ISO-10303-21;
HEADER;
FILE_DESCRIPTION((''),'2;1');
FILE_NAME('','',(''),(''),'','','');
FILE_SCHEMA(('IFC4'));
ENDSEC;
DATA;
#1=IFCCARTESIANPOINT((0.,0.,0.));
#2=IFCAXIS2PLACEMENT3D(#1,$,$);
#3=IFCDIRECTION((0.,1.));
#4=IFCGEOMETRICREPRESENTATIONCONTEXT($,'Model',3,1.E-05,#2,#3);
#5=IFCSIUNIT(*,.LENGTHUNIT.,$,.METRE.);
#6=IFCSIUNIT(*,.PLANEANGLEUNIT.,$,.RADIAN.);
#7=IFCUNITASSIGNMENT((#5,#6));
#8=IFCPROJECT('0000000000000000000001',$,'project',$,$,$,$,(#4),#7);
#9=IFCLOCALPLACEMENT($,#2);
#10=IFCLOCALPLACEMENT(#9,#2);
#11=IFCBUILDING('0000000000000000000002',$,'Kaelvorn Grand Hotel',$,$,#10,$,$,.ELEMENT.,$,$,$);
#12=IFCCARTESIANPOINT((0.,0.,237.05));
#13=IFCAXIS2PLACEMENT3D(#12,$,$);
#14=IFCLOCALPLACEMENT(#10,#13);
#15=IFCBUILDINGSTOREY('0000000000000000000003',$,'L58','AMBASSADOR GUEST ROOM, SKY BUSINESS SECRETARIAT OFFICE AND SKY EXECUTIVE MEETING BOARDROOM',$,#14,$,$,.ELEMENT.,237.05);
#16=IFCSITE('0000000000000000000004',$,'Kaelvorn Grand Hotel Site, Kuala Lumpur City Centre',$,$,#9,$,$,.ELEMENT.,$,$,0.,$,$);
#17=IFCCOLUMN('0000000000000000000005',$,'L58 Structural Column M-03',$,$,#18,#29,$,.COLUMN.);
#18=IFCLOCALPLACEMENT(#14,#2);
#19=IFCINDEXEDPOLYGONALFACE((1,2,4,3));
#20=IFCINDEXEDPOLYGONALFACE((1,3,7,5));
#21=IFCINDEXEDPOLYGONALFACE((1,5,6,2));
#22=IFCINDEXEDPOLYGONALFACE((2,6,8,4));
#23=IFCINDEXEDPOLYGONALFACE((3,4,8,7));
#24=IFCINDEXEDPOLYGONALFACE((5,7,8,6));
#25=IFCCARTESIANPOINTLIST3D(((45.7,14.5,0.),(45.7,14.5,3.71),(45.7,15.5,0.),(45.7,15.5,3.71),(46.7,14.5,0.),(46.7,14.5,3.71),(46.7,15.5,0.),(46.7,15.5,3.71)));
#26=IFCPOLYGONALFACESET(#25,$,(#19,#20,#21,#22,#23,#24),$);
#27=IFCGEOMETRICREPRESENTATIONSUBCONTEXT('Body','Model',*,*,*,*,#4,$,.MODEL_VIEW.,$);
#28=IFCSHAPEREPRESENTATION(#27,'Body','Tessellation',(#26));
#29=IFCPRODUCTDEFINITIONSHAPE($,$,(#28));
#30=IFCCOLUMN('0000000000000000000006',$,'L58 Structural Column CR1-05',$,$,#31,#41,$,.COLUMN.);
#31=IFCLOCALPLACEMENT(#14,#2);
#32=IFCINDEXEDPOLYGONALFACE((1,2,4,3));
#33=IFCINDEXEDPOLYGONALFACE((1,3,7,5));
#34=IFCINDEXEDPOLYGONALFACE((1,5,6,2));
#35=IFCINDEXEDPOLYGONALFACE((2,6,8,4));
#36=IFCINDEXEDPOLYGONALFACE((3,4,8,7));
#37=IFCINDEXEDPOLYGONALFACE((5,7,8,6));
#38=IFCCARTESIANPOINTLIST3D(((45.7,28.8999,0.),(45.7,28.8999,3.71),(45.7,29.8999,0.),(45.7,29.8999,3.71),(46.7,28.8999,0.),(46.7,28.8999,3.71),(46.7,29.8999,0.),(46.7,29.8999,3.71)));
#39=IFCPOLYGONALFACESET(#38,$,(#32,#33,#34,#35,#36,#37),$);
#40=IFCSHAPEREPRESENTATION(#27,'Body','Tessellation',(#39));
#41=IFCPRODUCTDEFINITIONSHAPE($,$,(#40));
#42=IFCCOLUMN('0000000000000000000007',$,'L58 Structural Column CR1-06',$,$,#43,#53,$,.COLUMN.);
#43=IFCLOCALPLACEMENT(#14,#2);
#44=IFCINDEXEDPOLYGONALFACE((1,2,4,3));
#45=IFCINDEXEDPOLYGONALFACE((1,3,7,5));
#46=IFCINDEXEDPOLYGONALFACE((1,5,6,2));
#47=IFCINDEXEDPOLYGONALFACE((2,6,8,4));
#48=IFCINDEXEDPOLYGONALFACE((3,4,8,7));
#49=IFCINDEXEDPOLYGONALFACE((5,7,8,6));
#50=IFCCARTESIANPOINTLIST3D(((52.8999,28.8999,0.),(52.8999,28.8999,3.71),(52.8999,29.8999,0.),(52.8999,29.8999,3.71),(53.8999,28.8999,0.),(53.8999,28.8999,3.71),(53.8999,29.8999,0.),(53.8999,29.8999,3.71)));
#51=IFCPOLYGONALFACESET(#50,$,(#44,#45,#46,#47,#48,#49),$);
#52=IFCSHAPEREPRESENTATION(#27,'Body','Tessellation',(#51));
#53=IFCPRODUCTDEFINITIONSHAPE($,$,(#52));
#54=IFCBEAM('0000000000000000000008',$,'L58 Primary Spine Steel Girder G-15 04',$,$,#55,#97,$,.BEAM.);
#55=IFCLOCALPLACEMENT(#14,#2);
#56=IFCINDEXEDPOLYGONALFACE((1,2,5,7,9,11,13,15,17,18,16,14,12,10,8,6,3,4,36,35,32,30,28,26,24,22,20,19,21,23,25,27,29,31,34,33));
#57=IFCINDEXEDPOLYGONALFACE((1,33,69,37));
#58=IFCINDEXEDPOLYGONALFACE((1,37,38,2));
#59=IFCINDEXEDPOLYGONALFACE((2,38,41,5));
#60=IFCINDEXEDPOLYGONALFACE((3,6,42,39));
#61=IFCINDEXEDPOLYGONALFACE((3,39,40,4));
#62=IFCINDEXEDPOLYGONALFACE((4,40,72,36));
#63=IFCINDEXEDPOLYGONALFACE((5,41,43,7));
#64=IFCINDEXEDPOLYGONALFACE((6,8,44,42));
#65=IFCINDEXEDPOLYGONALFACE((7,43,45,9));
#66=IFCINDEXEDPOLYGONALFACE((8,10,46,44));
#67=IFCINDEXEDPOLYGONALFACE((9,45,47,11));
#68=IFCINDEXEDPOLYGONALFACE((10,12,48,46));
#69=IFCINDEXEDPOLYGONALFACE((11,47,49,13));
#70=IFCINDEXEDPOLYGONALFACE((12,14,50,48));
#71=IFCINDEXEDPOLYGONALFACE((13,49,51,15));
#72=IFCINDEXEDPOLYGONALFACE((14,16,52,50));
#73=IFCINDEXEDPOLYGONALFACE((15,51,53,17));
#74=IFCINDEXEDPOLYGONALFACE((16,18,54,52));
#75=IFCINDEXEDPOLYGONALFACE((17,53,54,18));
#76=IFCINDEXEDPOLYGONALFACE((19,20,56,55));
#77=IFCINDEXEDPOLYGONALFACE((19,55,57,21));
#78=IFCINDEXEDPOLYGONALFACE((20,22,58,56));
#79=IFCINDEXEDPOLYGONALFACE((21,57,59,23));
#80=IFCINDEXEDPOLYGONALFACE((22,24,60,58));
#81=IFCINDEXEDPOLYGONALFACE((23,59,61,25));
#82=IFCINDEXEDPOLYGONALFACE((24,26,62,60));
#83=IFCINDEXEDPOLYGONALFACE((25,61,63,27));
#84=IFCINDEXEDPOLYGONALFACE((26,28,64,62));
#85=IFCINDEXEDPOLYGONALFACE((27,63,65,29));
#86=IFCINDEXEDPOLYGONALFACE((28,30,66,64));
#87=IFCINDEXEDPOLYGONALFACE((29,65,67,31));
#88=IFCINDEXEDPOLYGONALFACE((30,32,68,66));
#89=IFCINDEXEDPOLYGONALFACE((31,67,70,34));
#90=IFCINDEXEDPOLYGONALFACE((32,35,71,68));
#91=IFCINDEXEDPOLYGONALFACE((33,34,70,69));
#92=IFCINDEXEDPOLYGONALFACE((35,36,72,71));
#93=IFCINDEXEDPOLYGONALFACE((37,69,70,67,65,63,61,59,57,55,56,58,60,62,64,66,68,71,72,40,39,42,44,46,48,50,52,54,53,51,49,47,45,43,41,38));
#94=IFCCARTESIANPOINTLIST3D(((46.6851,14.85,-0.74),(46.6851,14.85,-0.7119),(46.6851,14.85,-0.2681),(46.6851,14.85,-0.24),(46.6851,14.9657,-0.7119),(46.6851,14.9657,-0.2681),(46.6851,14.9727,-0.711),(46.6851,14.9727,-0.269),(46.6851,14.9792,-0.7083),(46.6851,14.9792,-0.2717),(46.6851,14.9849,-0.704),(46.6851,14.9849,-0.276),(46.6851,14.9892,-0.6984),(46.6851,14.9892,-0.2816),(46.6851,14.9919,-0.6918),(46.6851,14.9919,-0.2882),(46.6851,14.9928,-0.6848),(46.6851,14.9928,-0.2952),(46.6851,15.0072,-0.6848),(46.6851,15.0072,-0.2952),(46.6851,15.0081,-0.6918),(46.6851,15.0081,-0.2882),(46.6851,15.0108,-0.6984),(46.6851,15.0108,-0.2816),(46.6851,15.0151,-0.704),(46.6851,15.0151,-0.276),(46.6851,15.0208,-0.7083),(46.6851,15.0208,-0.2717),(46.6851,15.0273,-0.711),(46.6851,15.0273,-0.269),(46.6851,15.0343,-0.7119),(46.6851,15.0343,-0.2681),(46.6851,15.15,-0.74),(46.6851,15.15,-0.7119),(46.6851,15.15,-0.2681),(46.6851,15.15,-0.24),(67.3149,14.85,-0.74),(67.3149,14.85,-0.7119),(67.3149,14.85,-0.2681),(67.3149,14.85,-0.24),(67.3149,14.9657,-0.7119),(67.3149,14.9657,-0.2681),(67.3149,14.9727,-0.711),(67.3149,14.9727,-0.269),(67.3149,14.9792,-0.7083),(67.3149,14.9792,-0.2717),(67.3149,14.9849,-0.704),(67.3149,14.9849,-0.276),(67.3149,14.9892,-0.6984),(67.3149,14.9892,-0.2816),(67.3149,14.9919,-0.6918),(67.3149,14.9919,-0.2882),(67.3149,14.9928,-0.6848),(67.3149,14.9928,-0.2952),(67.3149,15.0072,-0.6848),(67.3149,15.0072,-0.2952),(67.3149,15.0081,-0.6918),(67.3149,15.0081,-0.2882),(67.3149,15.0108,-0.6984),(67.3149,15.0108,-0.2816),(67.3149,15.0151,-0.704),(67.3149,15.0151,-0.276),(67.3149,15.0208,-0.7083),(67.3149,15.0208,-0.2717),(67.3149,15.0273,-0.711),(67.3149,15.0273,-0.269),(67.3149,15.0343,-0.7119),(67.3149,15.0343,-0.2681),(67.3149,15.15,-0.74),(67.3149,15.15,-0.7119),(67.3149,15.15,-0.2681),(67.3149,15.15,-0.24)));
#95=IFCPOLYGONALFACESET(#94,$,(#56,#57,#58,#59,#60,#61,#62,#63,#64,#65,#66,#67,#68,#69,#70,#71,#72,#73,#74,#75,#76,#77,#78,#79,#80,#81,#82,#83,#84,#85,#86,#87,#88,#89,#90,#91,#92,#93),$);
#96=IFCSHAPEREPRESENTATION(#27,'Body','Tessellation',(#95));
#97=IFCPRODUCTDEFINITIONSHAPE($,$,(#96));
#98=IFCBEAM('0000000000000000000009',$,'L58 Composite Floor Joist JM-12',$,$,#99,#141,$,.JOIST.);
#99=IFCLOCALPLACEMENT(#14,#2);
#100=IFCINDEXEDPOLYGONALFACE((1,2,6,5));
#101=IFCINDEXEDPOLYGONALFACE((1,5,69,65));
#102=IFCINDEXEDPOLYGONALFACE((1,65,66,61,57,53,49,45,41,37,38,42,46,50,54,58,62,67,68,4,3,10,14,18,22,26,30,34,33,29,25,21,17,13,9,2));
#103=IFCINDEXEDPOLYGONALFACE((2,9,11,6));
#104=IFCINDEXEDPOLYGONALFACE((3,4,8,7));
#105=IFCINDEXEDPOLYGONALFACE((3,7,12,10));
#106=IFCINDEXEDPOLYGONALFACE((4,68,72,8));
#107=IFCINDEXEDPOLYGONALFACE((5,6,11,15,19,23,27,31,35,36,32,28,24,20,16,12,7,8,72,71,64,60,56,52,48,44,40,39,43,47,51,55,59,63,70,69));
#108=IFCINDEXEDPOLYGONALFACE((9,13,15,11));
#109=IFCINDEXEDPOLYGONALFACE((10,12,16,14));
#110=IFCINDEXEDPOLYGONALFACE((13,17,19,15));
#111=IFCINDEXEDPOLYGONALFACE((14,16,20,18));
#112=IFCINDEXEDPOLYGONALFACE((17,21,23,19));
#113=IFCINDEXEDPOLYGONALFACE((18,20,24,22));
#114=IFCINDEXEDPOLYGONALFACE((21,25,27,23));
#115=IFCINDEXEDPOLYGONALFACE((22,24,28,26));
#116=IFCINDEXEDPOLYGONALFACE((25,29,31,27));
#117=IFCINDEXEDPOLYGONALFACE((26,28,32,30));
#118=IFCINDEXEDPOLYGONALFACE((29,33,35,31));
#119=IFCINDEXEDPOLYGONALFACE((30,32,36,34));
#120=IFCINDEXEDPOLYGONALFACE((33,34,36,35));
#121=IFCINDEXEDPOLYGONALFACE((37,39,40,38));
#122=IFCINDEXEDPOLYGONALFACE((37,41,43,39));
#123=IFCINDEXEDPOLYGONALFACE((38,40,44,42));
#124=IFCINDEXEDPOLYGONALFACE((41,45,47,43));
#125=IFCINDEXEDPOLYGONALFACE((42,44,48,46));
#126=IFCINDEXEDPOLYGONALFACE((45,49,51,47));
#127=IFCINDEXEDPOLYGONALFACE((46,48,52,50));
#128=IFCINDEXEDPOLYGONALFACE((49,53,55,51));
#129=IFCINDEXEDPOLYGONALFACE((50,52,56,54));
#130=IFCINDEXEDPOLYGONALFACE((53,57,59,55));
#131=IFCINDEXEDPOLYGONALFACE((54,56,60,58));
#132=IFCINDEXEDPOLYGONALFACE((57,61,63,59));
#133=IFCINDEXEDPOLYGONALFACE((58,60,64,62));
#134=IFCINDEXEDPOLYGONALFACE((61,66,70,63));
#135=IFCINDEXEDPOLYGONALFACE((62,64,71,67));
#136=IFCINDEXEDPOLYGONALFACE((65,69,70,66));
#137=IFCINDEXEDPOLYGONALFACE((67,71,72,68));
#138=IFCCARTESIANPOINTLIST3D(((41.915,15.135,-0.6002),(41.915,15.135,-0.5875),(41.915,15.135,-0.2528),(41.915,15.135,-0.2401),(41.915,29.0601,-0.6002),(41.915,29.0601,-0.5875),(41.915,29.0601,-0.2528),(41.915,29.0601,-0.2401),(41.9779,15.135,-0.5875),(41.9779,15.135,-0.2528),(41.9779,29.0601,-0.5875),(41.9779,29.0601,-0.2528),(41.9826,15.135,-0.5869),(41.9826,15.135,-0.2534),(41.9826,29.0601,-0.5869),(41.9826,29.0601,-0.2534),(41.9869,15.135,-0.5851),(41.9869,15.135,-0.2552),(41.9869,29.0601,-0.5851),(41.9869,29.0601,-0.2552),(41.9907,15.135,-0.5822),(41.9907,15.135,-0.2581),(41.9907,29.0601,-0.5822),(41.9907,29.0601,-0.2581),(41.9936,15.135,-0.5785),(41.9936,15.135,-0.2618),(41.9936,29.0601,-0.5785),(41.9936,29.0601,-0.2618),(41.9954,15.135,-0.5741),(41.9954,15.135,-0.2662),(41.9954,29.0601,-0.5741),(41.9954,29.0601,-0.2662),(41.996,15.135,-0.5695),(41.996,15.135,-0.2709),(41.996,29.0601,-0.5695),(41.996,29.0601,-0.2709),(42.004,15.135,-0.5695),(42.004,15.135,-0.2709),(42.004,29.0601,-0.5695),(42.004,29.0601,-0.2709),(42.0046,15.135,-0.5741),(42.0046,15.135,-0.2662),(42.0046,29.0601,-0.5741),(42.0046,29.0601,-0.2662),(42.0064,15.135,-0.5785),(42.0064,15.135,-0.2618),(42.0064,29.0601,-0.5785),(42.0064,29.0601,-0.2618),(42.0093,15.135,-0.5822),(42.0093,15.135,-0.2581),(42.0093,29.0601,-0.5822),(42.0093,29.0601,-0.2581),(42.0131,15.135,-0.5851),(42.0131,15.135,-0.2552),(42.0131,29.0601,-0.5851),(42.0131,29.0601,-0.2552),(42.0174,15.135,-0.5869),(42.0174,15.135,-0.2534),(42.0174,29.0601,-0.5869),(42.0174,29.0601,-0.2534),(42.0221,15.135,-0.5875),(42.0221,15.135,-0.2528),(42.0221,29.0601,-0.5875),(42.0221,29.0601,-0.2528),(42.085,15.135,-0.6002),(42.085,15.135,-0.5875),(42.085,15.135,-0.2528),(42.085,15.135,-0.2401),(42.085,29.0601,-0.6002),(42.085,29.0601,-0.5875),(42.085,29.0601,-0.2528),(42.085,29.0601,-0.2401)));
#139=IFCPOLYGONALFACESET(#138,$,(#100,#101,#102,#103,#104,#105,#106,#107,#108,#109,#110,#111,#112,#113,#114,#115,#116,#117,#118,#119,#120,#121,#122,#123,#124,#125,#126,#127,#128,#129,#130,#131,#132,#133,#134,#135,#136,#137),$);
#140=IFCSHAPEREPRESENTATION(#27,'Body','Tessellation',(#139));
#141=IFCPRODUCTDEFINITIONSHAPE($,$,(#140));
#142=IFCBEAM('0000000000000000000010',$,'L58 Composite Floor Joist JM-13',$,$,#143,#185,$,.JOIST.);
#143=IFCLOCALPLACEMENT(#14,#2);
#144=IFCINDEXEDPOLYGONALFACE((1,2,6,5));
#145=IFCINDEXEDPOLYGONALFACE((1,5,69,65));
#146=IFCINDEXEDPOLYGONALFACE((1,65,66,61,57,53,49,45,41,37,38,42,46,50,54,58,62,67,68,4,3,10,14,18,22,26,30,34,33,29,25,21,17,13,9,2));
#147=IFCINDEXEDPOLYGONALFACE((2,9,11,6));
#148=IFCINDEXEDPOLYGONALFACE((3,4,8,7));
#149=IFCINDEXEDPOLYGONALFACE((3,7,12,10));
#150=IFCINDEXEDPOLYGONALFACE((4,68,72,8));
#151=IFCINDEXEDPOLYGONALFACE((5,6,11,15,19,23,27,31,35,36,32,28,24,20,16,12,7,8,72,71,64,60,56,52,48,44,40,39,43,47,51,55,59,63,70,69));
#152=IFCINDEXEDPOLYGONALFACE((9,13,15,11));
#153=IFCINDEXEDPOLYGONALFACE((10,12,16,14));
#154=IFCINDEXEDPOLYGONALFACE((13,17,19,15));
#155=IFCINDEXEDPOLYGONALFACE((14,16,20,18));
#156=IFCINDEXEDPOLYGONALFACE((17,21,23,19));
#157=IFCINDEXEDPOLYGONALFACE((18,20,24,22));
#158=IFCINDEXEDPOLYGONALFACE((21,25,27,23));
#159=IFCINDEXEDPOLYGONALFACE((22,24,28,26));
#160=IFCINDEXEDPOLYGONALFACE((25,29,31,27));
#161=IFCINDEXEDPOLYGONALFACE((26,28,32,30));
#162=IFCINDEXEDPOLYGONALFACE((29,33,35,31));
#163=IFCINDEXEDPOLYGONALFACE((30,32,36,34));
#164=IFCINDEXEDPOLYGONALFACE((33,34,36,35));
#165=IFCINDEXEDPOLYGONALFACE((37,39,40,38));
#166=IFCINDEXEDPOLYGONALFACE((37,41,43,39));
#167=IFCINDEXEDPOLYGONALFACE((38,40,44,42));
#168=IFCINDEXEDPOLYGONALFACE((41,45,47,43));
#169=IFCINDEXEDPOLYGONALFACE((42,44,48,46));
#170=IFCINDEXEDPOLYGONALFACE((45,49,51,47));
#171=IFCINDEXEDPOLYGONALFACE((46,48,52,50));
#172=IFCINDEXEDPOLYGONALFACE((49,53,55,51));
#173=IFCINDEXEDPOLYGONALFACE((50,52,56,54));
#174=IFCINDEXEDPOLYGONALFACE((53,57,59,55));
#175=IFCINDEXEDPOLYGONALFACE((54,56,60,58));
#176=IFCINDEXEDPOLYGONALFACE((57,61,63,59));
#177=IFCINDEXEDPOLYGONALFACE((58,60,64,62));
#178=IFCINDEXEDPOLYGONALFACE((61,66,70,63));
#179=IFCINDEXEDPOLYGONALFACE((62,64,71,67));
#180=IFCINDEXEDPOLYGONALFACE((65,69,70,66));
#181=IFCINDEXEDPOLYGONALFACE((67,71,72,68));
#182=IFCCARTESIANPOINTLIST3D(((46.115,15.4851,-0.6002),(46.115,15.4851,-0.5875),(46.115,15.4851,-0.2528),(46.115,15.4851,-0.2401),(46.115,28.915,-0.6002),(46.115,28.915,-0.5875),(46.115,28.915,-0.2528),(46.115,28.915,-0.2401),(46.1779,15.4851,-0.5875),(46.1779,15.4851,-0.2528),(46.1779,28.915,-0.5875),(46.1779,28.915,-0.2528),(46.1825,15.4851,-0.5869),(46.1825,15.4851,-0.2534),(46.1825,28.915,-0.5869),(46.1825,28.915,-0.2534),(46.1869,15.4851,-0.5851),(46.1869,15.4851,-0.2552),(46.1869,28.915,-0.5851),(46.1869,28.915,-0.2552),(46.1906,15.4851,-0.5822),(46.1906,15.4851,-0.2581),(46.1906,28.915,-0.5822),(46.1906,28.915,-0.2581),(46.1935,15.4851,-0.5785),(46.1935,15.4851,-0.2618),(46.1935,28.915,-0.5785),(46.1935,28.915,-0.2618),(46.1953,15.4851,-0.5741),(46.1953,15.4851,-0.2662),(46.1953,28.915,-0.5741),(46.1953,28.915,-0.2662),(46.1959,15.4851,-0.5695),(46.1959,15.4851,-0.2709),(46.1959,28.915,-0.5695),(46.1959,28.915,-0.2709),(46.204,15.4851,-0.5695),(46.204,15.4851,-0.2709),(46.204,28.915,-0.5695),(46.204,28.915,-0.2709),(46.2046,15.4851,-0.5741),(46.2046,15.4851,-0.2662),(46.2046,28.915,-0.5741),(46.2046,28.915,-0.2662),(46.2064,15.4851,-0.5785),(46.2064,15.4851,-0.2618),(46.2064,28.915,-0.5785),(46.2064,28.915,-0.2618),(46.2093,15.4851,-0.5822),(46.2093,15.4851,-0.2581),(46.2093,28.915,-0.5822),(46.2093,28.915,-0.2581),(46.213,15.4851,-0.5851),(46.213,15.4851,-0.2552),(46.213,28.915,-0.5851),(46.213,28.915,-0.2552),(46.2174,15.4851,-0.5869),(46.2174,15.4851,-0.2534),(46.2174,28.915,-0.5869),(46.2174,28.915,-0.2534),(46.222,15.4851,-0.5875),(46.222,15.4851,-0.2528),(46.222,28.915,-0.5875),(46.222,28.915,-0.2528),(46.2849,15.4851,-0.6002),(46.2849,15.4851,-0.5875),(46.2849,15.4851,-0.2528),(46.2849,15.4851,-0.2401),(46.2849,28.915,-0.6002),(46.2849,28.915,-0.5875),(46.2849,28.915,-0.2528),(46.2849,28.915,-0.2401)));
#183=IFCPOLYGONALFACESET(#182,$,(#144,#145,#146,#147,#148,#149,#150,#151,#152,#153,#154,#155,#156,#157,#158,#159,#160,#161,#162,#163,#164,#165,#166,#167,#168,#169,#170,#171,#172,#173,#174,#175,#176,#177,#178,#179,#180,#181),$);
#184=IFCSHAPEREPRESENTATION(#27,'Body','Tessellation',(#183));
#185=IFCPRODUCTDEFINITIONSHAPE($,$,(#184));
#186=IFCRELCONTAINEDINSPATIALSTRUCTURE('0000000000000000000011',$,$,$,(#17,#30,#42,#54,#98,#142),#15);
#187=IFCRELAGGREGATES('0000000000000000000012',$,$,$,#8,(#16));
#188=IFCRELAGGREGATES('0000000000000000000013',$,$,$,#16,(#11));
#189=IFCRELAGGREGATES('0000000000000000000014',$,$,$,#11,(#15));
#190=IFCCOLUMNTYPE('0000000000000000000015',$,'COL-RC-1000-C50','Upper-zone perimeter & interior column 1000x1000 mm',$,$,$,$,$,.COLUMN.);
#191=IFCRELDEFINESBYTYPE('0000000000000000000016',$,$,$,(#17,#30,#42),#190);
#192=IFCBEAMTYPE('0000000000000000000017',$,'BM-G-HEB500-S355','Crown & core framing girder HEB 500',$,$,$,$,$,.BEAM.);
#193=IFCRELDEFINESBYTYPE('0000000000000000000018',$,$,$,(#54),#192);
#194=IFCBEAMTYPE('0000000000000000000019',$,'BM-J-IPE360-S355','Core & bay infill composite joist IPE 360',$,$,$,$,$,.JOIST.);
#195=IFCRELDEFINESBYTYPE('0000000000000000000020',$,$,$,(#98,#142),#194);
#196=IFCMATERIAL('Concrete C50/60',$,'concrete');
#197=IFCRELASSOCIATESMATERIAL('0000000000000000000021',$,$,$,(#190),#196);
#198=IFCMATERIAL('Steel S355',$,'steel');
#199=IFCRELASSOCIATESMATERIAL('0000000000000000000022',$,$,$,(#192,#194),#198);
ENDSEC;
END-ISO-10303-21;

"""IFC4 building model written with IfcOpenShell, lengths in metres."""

from ifc_helpers import new_model, si_unit, direction, frame, origin, origin_2d, place, context, subcontext, project, spatial, rectangle, i_section, extrude, material, material_profile, profile_set, type_object, element, save


model = new_model("IFC4")

# Units and contexts
model_context = context("Model", 3, precision=1e-05, world=origin(), true_north=direction((0.0, 1.0)))
body_context = subcontext(model_context, "Body", "Model", "MODEL_VIEW")
ifc_project = project(units=[si_unit("LENGTHUNIT", "METRE"), si_unit("PLANEANGLEUNIT", "RADIAN")], contexts=[model_context])

# Site, building, storey
site_placement = place(None, origin())
site = spatial("IfcSite", under=ifc_project, at=site_placement, Name="Kaelvorn Grand Hotel Site, Kuala Lumpur City Centre", CompositionType="ELEMENT", RefElevation=0.0)
building_placement = place(site_placement, origin())
building = spatial("IfcBuilding", under=site, at=building_placement, Name="Kaelvorn Grand Hotel", CompositionType="ELEMENT")
storey_placement = place(building_placement, frame((0.0, 0.0, 237.05)))
storey = spatial("IfcBuildingStorey", under=building, at=storey_placement, Name="L58", Description="AMBASSADOR GUEST ROOM, SKY BUSINESS SECRETARIAT OFFICE AND SKY EXECUTIVE MEETING BOARDROOM", CompositionType="ELEMENT", Elevation=237.05)

# Columns
ifc_material_1 = material(Name="Concrete C50/60", Category="concrete")
ifc_material_profile_1 = material_profile(ifc_material_1, rectangle(XDim=1.0, YDim=1.0, at=origin_2d()), Name="RC COL 1000x1000")
ifc_profile_set_1 = profile_set([ifc_material_profile_1], Name="Concrete C50/60")
column_type = type_object("IfcColumnType", Name="COL-RC-1000-C50", Description="Upper-zone perimeter & interior column 1000x1000 mm", PredefinedType="COLUMN", material=ifc_profile_set_1)
for number, where, z_axis, x_axis, name in (
    (1, (46.2, 15.0, 0.0), (0.0, 0.0, 1.0), (1.0, 0.0, 0.0), "L58 Structural Column M-03"),
    (2, (46.2, 29.3999, 0.0), (0.0, 0.0, 1.0), (1.0, 0.0, 0.0), "L58 Structural Column CR1-05"),
    (3, (53.3999, 29.3999, 0.0), (0.0, 0.0, 1.0), (1.0, 0.0, 0.0), "L58 Structural Column CR1-06"),
):
    element("IfcColumn", number, at=place(storey_placement, frame(where, z_axis=z_axis, x_axis=x_axis)), inside=storey, type_object=column_type, Name=name, PredefinedType="COLUMN", context=body_context, shape_type="SweptSolid", body=[
        extrude(rectangle(XDim=1.0, YDim=1.0, at=origin_2d()), origin(), (0.0, 0.0, 1.0), 3.71),
    ])

# Beams
ifc_material_2 = material(Name="Steel S355", Category="steel")
ifc_material_profile_2 = material_profile(ifc_material_2, i_section(OverallWidth=0.3, OverallDepth=0.5, WebThickness=0.0144, FlangeThickness=0.0281, FilletRadius=0.0271, at=origin_2d()), Name="HEB 500")
ifc_profile_set_2 = profile_set([ifc_material_profile_2], Name="Steel S355")
beam_type_1 = type_object("IfcBeamType", Name="BM-G-HEB500-S355", Description="Crown & core framing girder HEB 500", PredefinedType="BEAM", material=ifc_profile_set_2)
beam_1_placement = place(storey_placement, frame((46.6851, 15.0, -0.49), z_axis=(1.0, 0.0, 0.0), x_axis=(0.0, 1.0, 0.0)))
element("IfcBeam", 4, at=beam_1_placement, inside=storey, type_object=beam_type_1, Name="L58 Primary Spine Steel Girder G-15 04", PredefinedType="BEAM", context=body_context, shape_type="SweptSolid", body=[
    extrude(i_section(OverallWidth=0.3, OverallDepth=0.5, WebThickness=0.0144, FlangeThickness=0.0281, FilletRadius=0.0271, at=origin_2d()), origin(), (0.0, 0.0, 1.0), 20.6299),
])
ifc_material_profile_3 = material_profile(ifc_material_2, i_section(OverallWidth=0.1699, OverallDepth=0.3601, WebThickness=0.0081, FlangeThickness=0.0127, FilletRadius=0.0181, at=origin_2d()), Name="IPE 360")
ifc_profile_set_3 = profile_set([ifc_material_profile_3], Name="Steel S355")
beam_type_2 = type_object("IfcBeamType", Name="BM-J-IPE360-S355", Description="Core & bay infill composite joist IPE 360", PredefinedType="JOIST", material=ifc_profile_set_3)
beam_2_placement = place(storey_placement, frame((42.0, 15.135, -0.4202), z_axis=(0.0, 1.0, 0.0), x_axis=(-1.0, 0.0, 0.0)))
element("IfcBeam", 5, at=beam_2_placement, inside=storey, type_object=beam_type_2, Name="L58 Composite Floor Joist JM-12", PredefinedType="JOIST", context=body_context, shape_type="SweptSolid", body=[
    extrude(i_section(OverallWidth=0.1699, OverallDepth=0.3601, WebThickness=0.0081, FlangeThickness=0.0127, FilletRadius=0.0181, at=origin_2d()), origin(), (0.0, 0.0, 1.0), 13.925),
])
beam_3_placement = place(storey_placement, frame((46.2, 15.4851, -0.4202), z_axis=(0.0, 1.0, 0.0), x_axis=(-1.0, 0.0, 0.0)))
element("IfcBeam", 6, at=beam_3_placement, inside=storey, type_object=beam_type_2, Name="L58 Composite Floor Joist JM-13", PredefinedType="JOIST", context=body_context, shape_type="SweptSolid", body=[
    extrude(i_section(OverallWidth=0.1699, OverallDepth=0.3601, WebThickness=0.0081, FlangeThickness=0.0127, FilletRadius=0.0181, at=origin_2d()), origin(), (0.0, 0.0, 1.0), 13.4299),
])

save(model, "model.ifc")
